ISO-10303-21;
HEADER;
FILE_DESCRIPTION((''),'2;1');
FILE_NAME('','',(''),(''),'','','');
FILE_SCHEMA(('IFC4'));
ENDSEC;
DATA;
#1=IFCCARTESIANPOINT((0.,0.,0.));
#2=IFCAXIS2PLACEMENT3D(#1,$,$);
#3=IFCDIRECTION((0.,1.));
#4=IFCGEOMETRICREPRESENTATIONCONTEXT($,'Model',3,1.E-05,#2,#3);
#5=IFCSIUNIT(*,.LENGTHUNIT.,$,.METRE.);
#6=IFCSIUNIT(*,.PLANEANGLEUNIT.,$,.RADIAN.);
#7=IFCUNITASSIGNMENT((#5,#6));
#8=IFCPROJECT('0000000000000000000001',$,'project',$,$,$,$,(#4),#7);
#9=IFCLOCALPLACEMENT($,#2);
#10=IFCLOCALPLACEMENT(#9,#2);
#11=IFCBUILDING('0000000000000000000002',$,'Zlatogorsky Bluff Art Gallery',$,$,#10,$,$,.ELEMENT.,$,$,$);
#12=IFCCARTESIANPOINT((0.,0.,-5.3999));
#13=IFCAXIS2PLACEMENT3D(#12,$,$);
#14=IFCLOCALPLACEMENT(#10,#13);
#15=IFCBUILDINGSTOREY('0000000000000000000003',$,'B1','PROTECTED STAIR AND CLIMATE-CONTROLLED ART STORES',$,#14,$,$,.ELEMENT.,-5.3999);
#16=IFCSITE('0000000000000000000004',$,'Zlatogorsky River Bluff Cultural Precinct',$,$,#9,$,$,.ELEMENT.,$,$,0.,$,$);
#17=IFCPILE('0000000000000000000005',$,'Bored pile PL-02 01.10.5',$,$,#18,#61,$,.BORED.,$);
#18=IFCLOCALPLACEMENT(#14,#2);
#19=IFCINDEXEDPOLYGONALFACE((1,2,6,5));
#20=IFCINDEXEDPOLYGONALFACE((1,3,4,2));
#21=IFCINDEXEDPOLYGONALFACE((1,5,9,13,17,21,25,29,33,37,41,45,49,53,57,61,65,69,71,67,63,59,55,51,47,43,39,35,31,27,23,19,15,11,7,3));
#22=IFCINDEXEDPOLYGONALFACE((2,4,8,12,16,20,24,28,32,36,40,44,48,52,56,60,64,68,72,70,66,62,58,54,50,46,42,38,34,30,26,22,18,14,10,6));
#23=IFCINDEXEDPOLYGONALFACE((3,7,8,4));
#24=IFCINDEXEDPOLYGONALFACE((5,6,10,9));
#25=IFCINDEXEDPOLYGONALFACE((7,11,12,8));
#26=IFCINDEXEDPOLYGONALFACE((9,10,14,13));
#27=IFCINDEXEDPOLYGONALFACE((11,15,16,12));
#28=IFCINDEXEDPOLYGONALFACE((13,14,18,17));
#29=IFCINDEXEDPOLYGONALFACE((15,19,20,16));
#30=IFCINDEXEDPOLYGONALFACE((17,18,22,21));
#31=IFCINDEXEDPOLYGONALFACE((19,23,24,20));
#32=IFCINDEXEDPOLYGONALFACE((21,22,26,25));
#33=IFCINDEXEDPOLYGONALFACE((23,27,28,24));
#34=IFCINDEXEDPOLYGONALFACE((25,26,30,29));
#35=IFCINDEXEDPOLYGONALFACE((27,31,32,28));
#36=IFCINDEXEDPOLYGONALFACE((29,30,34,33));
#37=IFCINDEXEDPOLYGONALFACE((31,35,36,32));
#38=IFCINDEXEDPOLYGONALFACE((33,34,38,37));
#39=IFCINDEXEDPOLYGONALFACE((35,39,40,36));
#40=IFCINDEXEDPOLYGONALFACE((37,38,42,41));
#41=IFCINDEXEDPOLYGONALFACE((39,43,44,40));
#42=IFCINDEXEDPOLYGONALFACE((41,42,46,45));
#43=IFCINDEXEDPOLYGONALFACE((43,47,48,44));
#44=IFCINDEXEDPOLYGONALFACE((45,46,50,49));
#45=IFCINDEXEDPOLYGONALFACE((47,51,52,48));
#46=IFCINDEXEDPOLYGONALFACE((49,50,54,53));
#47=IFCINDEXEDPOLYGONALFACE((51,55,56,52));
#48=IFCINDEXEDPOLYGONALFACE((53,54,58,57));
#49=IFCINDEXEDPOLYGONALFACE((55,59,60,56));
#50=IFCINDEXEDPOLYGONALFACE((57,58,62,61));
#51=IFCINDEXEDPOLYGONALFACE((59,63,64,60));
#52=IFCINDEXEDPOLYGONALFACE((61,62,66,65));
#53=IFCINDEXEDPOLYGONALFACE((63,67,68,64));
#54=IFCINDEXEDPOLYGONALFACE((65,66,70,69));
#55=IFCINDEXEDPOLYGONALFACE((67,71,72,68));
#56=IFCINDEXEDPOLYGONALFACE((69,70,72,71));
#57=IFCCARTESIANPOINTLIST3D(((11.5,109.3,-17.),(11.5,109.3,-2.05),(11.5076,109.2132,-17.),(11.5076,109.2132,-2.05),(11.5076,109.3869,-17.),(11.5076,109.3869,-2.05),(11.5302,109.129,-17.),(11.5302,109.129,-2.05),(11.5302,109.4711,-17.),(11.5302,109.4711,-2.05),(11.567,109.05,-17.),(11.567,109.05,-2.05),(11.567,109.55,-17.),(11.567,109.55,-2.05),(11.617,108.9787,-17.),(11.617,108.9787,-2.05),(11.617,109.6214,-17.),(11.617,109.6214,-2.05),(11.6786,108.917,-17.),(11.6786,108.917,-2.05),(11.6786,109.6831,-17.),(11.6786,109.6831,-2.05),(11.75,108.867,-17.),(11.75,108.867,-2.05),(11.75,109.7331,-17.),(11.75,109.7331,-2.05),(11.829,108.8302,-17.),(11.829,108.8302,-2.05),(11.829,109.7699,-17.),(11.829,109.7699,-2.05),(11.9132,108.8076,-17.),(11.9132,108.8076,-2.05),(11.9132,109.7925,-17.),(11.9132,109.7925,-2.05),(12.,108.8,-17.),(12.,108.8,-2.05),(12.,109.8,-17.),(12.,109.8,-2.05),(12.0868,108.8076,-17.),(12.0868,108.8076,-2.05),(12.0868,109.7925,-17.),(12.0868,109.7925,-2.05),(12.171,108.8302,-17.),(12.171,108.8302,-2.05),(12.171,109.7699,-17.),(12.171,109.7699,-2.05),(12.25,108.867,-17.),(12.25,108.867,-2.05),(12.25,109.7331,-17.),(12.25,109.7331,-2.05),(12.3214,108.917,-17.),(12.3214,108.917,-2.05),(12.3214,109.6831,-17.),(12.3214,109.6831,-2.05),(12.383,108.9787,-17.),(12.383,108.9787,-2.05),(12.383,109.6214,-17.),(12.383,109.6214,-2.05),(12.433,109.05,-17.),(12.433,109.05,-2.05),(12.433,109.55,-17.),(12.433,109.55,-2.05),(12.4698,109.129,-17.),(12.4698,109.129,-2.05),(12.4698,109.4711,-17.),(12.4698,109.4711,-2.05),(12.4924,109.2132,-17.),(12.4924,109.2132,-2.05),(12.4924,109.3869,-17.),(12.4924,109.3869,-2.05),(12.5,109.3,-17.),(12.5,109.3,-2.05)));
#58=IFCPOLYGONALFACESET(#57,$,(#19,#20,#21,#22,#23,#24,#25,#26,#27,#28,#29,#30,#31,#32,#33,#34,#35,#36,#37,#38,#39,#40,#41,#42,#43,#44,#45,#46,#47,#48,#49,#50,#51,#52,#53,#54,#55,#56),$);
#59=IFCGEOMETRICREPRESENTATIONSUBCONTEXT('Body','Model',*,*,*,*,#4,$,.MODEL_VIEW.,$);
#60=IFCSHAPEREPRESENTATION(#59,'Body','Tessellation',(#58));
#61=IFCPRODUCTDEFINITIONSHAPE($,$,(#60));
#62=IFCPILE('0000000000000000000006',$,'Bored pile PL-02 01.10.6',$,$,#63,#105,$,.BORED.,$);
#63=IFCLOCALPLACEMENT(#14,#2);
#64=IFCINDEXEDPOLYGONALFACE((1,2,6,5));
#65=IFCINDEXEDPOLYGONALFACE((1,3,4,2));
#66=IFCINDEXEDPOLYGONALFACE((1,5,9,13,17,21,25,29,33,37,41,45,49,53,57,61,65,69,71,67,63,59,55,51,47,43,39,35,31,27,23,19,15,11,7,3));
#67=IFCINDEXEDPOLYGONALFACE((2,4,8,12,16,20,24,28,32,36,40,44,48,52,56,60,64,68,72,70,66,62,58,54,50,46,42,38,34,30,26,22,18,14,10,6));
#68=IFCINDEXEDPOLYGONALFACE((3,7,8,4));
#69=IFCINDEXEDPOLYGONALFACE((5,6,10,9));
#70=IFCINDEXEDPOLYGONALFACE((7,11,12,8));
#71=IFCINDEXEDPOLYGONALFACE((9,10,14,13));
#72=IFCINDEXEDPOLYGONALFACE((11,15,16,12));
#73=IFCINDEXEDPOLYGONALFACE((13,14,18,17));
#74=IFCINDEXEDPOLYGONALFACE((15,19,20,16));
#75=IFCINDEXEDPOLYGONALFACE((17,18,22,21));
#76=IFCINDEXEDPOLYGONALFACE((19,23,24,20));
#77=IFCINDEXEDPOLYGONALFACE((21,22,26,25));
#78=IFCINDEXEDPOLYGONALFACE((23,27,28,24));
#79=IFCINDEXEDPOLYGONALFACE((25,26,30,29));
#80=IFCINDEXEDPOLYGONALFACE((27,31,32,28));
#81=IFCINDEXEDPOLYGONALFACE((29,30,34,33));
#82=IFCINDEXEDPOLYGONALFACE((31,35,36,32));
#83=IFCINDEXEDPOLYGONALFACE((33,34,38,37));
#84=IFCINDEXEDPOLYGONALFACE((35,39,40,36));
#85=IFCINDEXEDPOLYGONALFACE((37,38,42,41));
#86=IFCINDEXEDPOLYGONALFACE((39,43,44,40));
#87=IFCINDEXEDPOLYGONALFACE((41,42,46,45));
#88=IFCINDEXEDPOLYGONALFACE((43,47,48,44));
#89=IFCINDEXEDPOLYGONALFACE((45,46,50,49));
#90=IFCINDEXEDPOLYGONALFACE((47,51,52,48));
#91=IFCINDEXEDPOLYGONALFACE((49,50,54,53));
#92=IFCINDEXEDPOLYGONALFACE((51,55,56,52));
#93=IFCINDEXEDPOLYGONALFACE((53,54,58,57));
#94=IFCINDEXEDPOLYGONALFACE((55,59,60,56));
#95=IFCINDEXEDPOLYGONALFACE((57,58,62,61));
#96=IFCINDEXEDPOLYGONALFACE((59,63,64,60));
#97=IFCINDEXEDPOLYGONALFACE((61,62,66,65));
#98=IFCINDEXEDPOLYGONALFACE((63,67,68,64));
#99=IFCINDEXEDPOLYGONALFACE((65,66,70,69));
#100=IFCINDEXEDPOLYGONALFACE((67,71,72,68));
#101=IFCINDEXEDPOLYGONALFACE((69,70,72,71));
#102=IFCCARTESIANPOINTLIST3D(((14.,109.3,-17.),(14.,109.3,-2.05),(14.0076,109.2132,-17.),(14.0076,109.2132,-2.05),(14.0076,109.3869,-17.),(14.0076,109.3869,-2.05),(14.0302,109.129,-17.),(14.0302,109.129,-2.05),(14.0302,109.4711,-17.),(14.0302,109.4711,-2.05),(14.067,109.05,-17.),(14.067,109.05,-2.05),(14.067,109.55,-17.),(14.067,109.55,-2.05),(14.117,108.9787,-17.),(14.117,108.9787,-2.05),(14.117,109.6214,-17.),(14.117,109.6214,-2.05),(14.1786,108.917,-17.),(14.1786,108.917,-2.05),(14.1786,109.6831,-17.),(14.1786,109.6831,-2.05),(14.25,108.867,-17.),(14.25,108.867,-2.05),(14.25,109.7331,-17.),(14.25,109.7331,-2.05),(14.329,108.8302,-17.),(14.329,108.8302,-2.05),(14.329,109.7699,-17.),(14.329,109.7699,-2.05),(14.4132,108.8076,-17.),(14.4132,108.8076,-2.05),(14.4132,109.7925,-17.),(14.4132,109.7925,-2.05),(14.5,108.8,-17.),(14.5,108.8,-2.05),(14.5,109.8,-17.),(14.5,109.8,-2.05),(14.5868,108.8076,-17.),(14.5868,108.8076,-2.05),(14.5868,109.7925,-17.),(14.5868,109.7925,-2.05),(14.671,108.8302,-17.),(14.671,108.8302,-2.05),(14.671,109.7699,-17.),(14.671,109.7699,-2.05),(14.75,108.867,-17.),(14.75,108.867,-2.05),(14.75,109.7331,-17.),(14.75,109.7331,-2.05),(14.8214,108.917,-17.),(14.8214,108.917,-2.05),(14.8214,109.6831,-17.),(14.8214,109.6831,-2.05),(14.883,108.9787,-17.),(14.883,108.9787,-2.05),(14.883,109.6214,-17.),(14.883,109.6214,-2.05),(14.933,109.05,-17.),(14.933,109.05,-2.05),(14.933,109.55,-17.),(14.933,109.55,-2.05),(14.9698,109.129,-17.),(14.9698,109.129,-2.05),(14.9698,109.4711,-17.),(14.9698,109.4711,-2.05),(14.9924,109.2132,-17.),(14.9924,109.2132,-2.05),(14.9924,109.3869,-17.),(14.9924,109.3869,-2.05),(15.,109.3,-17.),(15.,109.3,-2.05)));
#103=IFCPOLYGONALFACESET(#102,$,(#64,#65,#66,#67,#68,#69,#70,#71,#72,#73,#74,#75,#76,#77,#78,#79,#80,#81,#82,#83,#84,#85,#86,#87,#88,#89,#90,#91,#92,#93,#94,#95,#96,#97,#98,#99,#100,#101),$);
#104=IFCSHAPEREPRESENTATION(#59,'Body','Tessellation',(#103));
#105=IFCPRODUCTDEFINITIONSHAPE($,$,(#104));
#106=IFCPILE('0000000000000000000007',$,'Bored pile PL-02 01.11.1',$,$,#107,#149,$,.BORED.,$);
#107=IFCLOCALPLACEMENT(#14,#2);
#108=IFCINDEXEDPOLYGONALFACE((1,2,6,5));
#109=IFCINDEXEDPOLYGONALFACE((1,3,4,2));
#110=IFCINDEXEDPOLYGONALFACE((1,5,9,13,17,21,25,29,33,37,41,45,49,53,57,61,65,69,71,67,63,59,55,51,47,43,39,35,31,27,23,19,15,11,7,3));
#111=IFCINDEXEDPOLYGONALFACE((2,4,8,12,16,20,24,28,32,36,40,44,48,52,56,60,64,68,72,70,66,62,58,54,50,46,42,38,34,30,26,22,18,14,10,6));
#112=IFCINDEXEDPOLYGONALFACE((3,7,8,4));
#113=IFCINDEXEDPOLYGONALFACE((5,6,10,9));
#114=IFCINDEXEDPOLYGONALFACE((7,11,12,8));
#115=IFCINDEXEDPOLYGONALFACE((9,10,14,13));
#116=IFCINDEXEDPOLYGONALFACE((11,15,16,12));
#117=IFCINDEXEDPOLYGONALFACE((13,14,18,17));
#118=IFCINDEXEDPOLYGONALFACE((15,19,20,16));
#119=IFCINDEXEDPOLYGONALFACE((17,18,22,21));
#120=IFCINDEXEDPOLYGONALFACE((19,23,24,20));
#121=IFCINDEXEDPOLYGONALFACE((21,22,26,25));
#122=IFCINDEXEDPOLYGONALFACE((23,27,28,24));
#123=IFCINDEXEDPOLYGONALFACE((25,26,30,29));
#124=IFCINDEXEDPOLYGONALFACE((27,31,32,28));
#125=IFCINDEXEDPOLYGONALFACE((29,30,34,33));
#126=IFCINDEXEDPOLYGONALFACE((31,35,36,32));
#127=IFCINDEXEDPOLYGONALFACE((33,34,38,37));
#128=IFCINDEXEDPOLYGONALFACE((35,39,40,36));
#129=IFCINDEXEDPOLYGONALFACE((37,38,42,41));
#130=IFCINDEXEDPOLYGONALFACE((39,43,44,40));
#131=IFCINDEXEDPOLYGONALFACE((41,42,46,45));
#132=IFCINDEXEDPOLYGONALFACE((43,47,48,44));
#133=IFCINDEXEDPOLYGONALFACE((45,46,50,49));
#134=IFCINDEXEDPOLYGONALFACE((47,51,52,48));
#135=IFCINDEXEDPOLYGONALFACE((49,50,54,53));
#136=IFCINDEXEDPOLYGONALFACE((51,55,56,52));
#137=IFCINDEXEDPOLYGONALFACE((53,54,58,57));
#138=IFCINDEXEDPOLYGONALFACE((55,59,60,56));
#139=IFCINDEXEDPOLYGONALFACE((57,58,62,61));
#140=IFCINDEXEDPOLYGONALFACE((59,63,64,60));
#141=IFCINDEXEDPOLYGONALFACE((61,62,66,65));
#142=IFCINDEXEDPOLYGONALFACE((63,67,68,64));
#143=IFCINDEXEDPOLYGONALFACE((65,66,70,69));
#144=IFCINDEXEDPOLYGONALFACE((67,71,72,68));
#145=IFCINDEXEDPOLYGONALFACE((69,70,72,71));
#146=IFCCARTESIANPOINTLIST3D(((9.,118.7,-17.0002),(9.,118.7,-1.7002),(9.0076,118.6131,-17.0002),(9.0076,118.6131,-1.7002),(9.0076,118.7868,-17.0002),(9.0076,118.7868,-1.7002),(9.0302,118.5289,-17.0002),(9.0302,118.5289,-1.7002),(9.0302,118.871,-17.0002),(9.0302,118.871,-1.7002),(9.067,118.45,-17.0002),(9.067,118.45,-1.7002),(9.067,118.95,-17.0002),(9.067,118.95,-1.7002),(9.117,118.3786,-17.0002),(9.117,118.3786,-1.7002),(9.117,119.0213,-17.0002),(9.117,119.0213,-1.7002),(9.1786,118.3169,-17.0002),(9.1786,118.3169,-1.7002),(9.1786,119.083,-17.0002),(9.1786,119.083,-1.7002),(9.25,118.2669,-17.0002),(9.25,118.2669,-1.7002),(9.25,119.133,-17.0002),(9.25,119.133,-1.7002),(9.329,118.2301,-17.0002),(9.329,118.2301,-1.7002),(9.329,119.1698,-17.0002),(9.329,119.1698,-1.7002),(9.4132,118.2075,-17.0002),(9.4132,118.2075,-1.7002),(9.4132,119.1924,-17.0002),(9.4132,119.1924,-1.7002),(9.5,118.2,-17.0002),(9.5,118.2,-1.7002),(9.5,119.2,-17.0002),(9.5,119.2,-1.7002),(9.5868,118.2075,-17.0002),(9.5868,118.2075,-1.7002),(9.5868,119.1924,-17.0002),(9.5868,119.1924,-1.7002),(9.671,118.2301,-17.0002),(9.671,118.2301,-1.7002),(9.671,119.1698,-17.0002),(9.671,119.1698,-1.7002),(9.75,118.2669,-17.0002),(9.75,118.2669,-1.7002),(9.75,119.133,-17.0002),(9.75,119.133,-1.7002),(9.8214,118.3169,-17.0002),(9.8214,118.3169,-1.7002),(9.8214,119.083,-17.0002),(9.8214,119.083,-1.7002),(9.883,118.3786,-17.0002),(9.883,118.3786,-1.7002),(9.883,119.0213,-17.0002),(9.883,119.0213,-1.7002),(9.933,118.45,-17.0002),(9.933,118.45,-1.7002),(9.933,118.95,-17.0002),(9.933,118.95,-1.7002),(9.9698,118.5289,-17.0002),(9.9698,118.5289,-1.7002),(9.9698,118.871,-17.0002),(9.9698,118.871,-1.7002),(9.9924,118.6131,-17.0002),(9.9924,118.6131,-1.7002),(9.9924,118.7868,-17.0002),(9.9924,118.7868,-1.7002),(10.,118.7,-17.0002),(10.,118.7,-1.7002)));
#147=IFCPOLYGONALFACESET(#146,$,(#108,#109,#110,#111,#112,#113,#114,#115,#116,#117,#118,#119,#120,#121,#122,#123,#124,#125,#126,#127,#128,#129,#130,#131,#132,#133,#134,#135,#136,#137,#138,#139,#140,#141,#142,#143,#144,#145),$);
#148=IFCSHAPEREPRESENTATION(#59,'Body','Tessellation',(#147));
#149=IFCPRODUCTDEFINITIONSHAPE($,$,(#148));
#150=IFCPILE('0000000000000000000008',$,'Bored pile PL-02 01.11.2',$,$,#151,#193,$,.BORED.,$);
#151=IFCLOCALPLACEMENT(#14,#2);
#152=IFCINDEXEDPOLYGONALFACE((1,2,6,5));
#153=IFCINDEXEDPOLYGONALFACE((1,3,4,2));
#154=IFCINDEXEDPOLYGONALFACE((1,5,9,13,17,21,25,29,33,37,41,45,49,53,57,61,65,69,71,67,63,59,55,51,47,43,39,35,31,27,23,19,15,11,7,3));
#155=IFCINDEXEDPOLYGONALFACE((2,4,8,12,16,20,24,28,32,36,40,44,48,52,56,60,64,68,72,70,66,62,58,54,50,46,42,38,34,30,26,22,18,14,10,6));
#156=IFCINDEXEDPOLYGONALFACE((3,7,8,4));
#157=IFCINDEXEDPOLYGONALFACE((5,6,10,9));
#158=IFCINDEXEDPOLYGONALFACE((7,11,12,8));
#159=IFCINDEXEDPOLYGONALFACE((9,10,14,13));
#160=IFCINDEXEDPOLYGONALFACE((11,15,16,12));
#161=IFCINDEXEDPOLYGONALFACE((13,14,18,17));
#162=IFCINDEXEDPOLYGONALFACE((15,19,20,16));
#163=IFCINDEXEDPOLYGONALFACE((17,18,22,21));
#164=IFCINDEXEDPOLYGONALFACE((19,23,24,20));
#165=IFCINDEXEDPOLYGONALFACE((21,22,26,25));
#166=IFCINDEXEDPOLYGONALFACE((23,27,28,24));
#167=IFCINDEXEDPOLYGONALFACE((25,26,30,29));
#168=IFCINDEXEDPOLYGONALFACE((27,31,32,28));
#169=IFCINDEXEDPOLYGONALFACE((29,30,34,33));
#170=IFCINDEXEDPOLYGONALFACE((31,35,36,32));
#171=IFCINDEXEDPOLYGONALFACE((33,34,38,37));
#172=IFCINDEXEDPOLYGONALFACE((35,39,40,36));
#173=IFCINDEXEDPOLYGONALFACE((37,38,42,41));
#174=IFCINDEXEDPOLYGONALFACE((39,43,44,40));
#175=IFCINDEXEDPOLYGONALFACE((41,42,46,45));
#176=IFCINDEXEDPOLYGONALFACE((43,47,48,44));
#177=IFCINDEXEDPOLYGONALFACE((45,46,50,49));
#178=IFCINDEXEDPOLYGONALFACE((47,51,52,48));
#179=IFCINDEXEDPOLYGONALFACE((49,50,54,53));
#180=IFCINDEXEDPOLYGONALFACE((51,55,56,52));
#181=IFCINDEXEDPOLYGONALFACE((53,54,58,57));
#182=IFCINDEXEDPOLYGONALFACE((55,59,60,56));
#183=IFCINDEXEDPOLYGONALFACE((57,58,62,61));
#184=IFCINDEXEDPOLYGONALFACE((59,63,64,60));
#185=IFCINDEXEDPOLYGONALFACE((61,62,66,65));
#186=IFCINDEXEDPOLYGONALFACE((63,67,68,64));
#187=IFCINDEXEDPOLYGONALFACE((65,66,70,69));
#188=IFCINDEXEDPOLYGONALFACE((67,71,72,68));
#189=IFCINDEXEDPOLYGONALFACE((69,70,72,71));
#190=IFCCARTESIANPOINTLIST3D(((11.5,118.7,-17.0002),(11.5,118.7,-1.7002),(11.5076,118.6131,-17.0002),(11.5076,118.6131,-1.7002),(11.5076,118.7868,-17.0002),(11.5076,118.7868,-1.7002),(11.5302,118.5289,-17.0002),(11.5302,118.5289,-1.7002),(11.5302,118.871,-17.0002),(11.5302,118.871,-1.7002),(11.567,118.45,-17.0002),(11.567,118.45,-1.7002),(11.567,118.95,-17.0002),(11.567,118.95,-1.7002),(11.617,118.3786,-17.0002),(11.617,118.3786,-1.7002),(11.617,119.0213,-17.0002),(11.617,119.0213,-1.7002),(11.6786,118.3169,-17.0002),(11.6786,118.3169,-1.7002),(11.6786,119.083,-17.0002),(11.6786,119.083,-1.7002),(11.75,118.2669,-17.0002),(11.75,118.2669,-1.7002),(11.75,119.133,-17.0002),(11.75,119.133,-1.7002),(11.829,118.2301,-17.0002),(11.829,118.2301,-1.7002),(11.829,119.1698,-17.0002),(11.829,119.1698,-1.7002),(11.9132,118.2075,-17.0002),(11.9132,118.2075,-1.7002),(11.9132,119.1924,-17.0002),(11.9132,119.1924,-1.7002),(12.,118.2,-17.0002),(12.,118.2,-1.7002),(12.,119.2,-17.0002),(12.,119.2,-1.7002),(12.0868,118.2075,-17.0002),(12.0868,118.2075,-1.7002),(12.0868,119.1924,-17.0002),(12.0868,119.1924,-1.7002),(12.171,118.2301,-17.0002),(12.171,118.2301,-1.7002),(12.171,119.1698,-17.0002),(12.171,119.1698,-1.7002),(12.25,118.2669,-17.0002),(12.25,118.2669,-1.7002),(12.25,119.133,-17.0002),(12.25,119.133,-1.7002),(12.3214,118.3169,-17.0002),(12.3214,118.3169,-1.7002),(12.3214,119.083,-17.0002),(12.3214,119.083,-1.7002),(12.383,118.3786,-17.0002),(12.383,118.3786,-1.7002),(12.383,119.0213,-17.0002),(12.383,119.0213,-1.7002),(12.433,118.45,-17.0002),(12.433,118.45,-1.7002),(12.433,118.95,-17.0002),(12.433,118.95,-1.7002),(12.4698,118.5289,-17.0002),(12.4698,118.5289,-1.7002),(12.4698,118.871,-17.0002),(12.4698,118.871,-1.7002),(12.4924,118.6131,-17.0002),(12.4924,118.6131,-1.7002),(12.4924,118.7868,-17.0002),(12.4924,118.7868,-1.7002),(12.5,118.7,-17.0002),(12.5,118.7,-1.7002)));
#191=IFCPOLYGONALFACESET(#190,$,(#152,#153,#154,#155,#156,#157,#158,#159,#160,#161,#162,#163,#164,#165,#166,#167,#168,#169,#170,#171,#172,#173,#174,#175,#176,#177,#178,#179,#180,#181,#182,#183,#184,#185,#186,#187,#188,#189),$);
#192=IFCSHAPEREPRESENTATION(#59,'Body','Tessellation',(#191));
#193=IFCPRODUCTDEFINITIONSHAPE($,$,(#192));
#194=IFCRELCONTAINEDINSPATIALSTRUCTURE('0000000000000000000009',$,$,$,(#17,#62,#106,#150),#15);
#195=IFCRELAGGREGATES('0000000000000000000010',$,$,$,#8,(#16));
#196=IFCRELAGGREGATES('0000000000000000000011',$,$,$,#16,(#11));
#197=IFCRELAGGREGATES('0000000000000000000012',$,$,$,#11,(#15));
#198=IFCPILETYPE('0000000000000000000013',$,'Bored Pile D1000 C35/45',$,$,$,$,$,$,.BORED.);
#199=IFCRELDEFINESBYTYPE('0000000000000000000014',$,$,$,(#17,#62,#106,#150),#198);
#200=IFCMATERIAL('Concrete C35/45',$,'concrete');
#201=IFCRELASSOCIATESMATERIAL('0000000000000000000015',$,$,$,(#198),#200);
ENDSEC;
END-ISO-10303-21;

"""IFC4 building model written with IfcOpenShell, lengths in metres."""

from ifc_helpers import new_model, si_unit, direction, frame, origin, origin_2d, place, context, subcontext, project, spatial, circle, extrude, material, material_profile, profile_set, type_object, element, save


model = new_model("IFC4")

# Units and contexts
model_context = context("Model", 3, precision=1e-05, world=origin(), true_north=direction((0.0, 1.0)))
body_context = subcontext(model_context, "Body", "Model", "MODEL_VIEW")
ifc_project = project(units=[si_unit("LENGTHUNIT", "METRE"), si_unit("PLANEANGLEUNIT", "RADIAN")], contexts=[model_context])

# Site, building, storey
site_placement = place(None, origin())
site = spatial("IfcSite", under=ifc_project, at=site_placement, Name="Zlatogorsky River Bluff Cultural Precinct", CompositionType="ELEMENT", RefElevation=0.0)
building_placement = place(site_placement, origin())
building = spatial("IfcBuilding", under=site, at=building_placement, Name="Zlatogorsky Bluff Art Gallery", CompositionType="ELEMENT")
storey_placement = place(building_placement, frame((0.0, 0.0, -5.3999)))
storey = spatial("IfcBuildingStorey", under=building, at=storey_placement, Name="B1", Description="PROTECTED STAIR AND CLIMATE-CONTROLLED ART STORES", CompositionType="ELEMENT", Elevation=-5.3999)

# Piles
ifc_material_1 = material(Name="Concrete C35/45", Category="concrete")
ifc_material_profile_1 = material_profile(ifc_material_1, circle(Radius=0.5, at=origin_2d()), Name="BORED PILE D1000")
ifc_profile_set_1 = profile_set([ifc_material_profile_1], Name="Concrete C35/45")
pile_type = type_object("IfcPileType", Name="Bored Pile D1000 C35/45", PredefinedType="BORED", material=ifc_profile_set_1)
for number, where, z_axis, x_axis, name in (
    (1, (12.0, 109.3, -2.05), (0.0, 0.0, -1.0), (1.0, 0.0, 0.0), "Bored pile PL-02 01.10.5"),
    (2, (14.5, 109.3, -2.05), (0.0, 0.0, -1.0), (1.0, 0.0, 0.0), "Bored pile PL-02 01.10.6"),
):
    element("IfcPile", number, at=place(storey_placement, frame(where, z_axis=z_axis, x_axis=x_axis)), inside=storey, type_object=pile_type, Name=name, PredefinedType="BORED", context=body_context, shape_type="SweptSolid", body=[
        extrude(circle(Radius=0.5, at=origin_2d()), origin(), (0.0, 0.0, 1.0), 14.95),
    ])
for number, where, z_axis, x_axis, name in (
    (3, (9.5, 118.7, -1.7002), (0.0, 0.0, -1.0), (1.0, 0.0, 0.0), "Bored pile PL-02 01.11.1"),
    (4, (12.0, 118.7, -1.7002), (0.0, 0.0, -1.0), (1.0, 0.0, 0.0), "Bored pile PL-02 01.11.2"),
):
    element("IfcPile", number, at=place(storey_placement, frame(where, z_axis=z_axis, x_axis=x_axis)), inside=storey, type_object=pile_type, Name=name, PredefinedType="BORED", context=body_context, shape_type="SweptSolid", body=[
        extrude(circle(Radius=0.5, at=origin_2d()), origin(), (0.0, 0.0, 1.0), 15.3),
    ])

save(model, "model.ifc")
